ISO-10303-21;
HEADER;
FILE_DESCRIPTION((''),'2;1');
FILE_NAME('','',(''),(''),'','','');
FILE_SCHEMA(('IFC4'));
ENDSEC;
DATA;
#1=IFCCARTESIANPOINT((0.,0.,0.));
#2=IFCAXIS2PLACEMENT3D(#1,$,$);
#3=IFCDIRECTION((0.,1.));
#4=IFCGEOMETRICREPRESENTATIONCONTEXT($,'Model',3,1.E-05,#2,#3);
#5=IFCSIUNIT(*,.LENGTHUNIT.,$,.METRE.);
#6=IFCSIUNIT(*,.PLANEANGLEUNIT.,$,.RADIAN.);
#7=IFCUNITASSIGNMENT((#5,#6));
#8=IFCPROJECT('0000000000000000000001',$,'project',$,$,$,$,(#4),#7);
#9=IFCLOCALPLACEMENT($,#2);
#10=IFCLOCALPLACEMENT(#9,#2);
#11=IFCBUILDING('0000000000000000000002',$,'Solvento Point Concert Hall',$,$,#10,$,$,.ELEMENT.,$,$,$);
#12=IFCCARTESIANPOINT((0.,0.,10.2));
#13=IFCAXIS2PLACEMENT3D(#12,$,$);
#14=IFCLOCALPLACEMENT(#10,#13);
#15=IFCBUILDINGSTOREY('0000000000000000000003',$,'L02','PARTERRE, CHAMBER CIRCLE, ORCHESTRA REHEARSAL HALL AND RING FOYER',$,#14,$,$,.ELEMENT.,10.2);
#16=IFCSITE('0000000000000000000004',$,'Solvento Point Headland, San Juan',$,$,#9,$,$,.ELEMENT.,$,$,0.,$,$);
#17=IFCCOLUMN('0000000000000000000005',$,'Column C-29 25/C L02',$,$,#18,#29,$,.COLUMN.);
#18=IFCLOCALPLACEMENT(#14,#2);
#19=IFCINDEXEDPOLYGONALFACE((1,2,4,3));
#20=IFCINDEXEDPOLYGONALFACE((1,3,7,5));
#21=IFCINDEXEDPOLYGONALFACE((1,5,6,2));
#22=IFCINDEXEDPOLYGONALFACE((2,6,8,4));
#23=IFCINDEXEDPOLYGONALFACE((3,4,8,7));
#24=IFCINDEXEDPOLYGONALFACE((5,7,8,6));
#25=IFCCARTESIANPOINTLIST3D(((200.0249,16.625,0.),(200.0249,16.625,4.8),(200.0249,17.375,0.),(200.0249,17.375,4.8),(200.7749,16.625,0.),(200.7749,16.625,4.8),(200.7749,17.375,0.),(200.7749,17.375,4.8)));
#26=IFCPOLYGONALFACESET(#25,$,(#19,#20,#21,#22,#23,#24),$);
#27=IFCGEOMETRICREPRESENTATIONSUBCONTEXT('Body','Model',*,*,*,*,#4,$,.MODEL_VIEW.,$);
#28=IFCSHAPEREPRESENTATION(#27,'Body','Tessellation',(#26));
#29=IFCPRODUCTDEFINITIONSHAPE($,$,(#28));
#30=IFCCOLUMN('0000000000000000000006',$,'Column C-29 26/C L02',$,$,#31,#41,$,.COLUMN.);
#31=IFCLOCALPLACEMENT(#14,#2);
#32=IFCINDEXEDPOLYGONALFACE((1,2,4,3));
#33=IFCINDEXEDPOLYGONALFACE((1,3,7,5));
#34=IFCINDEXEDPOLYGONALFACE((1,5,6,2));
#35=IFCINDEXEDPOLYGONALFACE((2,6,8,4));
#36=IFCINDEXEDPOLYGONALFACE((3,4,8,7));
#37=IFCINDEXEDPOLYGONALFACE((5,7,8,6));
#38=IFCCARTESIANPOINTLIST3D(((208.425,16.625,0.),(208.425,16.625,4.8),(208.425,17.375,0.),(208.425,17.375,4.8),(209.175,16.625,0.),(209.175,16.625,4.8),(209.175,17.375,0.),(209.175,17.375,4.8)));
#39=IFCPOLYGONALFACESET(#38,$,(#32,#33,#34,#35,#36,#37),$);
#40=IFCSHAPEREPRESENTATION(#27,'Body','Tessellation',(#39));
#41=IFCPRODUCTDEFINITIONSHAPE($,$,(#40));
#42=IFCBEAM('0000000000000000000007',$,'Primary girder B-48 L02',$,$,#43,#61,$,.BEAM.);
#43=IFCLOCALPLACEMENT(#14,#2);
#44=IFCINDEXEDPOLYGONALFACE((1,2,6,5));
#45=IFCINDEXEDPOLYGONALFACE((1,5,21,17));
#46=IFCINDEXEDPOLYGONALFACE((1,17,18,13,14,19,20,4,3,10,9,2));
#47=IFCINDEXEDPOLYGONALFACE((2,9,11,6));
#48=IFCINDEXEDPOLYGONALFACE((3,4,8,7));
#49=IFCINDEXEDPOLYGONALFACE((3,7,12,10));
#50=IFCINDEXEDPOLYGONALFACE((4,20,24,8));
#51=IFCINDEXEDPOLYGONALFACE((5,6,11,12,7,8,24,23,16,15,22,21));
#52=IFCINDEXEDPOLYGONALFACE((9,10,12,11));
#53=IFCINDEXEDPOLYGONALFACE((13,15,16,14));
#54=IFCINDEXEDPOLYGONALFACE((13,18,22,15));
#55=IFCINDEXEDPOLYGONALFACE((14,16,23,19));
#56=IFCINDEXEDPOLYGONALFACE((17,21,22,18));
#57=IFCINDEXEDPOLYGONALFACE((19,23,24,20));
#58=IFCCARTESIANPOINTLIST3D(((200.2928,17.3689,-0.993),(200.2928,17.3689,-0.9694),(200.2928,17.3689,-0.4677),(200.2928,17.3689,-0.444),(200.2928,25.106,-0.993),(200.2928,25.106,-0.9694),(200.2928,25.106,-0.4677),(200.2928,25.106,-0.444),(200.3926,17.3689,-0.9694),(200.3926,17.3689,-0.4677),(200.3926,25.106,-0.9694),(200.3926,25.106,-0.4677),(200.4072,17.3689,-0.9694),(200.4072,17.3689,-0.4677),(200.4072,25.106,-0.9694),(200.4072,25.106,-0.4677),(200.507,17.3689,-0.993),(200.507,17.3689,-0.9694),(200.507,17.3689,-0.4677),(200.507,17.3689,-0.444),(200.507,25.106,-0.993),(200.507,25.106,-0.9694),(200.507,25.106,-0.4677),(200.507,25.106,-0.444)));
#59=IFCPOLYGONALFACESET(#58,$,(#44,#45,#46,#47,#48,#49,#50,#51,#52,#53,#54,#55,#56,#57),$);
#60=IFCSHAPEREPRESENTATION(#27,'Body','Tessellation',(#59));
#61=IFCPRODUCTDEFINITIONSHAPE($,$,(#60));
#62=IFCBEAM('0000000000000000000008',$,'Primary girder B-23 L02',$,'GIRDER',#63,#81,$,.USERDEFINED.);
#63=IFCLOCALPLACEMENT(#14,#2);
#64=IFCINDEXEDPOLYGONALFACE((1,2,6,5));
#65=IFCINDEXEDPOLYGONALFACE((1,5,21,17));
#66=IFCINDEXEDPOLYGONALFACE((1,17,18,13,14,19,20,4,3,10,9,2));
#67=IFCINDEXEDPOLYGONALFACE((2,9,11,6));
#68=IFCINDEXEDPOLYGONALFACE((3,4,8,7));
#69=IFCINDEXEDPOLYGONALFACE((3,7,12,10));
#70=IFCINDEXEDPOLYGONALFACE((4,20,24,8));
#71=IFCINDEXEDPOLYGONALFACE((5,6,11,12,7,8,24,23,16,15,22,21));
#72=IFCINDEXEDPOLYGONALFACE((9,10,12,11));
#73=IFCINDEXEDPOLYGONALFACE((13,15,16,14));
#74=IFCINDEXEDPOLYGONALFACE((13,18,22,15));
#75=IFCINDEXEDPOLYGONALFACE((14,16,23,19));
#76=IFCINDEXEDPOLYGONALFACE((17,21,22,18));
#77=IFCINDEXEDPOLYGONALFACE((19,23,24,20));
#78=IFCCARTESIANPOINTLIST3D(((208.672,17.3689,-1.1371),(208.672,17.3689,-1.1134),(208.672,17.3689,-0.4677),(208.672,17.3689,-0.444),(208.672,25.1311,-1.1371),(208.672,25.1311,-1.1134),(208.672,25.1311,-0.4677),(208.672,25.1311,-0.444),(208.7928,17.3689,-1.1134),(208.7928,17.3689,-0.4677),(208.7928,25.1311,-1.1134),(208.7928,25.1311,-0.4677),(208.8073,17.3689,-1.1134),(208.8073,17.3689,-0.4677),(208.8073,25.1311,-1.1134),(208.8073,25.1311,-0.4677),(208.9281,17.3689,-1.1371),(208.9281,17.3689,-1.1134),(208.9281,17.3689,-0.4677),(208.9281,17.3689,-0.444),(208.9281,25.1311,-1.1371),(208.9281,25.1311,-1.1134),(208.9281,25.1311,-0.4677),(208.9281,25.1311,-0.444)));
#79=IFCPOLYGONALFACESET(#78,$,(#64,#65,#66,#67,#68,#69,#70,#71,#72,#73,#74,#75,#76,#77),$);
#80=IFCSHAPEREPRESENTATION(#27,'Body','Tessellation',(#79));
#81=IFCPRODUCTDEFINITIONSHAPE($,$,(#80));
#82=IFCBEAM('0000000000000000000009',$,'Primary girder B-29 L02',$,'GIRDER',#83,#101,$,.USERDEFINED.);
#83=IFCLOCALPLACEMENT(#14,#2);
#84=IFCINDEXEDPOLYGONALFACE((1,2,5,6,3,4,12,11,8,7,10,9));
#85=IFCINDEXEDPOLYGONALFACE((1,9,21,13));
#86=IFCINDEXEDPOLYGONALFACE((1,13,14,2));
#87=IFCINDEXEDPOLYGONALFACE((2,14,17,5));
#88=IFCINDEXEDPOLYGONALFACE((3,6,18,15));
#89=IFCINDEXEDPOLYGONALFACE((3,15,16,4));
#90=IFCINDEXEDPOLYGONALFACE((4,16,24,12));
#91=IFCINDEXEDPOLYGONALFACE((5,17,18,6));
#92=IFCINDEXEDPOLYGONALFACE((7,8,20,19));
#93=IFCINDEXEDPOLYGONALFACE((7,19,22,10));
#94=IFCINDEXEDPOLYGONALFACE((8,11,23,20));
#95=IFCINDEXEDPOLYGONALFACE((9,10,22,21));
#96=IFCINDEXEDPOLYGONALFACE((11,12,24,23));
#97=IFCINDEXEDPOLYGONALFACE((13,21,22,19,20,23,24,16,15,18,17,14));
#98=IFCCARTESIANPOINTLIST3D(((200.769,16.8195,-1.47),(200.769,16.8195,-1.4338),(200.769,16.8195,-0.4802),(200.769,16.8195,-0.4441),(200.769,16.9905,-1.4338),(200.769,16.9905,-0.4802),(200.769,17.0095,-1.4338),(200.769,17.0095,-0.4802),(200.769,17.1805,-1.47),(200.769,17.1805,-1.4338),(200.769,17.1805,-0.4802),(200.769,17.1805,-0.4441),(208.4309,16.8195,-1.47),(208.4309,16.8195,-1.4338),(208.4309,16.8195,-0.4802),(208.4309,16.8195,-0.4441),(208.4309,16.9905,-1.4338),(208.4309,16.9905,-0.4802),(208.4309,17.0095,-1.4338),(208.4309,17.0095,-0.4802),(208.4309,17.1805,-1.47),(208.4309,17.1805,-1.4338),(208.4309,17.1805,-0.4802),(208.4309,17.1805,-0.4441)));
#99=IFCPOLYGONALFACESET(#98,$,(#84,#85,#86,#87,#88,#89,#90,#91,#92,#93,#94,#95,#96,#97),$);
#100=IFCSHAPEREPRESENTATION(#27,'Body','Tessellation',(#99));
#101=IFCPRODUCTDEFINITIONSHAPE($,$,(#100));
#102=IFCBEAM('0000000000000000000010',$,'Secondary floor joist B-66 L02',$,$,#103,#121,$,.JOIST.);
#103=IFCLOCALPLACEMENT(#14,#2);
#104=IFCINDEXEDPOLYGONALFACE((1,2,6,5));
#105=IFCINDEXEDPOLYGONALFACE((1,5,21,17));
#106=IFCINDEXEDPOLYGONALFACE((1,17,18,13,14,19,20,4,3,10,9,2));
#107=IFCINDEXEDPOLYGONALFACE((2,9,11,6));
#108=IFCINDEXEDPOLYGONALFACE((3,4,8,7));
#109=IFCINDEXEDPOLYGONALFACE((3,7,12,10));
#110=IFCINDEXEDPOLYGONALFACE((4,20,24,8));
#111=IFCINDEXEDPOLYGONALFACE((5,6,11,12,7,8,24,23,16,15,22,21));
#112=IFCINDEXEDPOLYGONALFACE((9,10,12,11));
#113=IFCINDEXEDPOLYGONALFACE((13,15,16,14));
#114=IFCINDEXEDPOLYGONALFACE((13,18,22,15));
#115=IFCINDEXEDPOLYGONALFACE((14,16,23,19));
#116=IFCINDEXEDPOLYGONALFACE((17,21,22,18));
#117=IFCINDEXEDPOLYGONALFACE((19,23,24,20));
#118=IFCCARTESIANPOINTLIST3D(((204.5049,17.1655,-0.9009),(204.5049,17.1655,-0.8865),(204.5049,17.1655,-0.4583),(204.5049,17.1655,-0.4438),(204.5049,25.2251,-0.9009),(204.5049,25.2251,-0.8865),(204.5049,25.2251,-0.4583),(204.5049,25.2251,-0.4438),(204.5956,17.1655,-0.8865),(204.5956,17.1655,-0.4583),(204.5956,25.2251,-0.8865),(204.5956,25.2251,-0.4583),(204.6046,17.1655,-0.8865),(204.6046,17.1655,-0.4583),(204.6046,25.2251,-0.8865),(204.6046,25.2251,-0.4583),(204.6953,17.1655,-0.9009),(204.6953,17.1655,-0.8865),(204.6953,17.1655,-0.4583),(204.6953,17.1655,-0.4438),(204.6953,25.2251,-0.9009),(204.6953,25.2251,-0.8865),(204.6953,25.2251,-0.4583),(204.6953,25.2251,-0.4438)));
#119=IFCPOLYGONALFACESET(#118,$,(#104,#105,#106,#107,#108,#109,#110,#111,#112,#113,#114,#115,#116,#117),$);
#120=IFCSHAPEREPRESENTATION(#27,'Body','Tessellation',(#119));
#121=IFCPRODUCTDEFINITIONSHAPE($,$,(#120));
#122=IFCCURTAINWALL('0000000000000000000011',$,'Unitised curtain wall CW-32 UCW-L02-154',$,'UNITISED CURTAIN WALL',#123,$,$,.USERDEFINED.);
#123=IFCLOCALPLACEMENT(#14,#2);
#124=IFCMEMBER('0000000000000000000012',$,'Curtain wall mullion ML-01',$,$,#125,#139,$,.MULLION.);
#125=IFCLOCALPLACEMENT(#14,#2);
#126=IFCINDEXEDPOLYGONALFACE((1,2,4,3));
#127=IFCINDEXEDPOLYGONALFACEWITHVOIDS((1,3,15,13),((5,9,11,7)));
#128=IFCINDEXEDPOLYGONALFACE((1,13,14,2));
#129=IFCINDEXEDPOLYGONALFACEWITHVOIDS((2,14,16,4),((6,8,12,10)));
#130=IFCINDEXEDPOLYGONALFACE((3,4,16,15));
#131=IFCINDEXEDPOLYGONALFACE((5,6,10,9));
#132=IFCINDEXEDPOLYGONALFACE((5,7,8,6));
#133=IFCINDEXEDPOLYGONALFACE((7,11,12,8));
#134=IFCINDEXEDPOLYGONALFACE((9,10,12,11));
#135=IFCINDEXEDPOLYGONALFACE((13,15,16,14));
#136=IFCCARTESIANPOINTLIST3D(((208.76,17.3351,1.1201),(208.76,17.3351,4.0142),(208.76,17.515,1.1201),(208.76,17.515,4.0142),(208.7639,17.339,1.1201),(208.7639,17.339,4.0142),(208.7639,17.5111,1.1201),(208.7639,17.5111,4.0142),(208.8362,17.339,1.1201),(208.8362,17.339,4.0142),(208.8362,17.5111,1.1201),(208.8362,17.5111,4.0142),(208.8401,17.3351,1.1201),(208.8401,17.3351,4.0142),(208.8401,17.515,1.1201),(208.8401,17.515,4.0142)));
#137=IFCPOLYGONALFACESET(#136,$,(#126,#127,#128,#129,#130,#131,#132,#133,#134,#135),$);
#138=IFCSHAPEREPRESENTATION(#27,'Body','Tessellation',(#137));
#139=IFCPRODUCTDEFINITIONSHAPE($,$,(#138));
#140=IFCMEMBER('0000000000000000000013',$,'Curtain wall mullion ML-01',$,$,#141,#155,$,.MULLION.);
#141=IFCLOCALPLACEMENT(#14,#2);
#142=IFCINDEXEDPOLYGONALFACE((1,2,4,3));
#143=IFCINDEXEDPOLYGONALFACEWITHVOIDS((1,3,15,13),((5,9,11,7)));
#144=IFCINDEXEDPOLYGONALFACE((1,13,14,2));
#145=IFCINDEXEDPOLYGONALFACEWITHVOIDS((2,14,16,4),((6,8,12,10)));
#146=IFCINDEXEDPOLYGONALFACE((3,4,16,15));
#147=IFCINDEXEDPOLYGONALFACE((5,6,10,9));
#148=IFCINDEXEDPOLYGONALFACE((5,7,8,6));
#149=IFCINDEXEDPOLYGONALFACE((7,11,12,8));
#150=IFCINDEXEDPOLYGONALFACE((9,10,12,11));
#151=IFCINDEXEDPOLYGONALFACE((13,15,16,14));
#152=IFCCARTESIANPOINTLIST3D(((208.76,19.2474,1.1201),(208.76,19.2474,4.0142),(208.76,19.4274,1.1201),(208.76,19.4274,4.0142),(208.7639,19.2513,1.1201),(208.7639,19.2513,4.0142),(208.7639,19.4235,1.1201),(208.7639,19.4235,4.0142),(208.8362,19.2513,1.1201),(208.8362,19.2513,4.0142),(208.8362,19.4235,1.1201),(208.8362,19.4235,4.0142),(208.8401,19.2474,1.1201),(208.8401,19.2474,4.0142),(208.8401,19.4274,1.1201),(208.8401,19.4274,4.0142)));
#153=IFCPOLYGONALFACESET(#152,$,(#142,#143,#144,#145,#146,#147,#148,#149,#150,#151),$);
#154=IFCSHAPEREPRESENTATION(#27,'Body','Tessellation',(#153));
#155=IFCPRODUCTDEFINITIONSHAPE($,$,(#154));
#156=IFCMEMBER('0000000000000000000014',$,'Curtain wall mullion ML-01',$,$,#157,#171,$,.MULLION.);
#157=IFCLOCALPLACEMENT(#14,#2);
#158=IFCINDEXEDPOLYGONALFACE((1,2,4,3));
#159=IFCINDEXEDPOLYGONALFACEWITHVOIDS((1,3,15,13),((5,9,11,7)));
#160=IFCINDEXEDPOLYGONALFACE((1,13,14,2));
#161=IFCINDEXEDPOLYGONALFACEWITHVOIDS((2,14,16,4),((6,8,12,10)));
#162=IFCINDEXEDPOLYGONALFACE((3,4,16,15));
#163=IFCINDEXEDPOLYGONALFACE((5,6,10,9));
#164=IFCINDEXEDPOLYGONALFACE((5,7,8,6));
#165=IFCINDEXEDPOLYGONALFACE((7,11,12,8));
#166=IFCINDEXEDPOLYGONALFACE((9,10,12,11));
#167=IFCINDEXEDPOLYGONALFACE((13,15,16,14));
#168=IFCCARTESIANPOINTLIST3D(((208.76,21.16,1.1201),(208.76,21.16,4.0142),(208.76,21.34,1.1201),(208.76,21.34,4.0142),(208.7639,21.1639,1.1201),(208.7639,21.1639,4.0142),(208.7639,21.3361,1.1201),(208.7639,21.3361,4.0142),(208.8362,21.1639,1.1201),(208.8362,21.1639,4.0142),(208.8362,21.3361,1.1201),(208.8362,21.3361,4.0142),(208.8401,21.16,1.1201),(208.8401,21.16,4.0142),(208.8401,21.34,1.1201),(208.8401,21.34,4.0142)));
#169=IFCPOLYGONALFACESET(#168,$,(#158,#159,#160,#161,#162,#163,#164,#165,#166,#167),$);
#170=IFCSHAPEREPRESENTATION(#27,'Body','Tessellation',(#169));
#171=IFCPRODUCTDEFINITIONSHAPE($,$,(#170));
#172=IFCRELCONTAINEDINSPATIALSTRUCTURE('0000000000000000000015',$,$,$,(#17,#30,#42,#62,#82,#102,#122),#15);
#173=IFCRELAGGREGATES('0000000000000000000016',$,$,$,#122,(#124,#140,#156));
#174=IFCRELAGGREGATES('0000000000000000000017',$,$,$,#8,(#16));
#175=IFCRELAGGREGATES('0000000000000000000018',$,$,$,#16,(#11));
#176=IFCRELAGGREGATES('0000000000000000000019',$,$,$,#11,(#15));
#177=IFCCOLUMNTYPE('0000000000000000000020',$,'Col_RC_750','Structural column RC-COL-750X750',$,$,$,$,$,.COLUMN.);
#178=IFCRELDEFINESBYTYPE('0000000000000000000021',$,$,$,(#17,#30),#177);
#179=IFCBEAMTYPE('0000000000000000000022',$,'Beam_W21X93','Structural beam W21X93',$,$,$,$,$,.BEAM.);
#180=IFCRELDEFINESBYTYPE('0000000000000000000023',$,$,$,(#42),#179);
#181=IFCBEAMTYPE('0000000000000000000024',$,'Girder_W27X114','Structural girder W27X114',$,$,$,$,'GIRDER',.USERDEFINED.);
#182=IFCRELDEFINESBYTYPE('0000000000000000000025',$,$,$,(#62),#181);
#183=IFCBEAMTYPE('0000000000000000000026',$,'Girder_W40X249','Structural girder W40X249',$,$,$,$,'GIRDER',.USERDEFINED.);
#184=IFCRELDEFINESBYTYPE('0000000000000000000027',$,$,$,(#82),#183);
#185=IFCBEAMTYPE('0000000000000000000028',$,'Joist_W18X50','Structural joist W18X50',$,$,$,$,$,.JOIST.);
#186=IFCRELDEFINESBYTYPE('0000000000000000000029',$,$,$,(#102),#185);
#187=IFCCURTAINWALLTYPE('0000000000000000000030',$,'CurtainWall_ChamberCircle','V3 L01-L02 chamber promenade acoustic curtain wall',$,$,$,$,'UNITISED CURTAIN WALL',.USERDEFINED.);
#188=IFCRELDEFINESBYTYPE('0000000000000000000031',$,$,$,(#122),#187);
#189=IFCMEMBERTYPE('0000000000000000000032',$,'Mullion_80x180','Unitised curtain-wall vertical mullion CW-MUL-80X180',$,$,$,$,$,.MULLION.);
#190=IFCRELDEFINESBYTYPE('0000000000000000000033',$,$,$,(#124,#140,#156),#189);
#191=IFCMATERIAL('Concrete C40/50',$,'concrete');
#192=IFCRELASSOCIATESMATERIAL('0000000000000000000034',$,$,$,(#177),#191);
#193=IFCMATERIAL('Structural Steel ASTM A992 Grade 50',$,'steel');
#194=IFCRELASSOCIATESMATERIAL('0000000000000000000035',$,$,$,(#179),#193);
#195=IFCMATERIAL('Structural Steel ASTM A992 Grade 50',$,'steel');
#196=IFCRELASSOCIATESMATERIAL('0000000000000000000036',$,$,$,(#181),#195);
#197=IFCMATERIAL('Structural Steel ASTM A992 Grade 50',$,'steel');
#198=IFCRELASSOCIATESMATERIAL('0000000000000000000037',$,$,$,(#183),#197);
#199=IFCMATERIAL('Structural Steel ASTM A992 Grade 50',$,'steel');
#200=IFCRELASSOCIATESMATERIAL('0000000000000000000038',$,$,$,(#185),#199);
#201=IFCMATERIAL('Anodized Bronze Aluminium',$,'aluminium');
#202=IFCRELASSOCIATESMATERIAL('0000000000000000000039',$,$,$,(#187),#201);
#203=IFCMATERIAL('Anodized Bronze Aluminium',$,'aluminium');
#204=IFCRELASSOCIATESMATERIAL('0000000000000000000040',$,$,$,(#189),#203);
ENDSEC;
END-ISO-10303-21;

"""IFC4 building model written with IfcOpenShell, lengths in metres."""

from ifc_helpers import new_model, si_unit, direction, frame, origin, origin_2d, place, context, subcontext, project, spatial, rectangle, hollow_rectangle, i_section, extrude, material, material_profile, profile_set, type_object, element, aggregate, save


model = new_model("IFC4")

# Units and contexts
model_context = context("Model", 3, precision=1e-05, world=origin(), true_north=direction((0.0, 1.0)))
body_context = subcontext(model_context, "Body", "Model", "MODEL_VIEW")
ifc_project = project(units=[si_unit("LENGTHUNIT", "METRE"), si_unit("PLANEANGLEUNIT", "RADIAN")], contexts=[model_context])

# Site, building, storey
site_placement = place(None, origin())
site = spatial("IfcSite", under=ifc_project, at=site_placement, Name="Solvento Point Headland, San Juan", CompositionType="ELEMENT", RefElevation=0.0)
building_placement = place(site_placement, origin())
building = spatial("IfcBuilding", under=site, at=building_placement, Name="Solvento Point Concert Hall", CompositionType="ELEMENT")
storey_placement = place(building_placement, frame((0.0, 0.0, 10.2)))
storey = spatial("IfcBuildingStorey", under=building, at=storey_placement, Name="L02", Description="PARTERRE, CHAMBER CIRCLE, ORCHESTRA REHEARSAL HALL AND RING FOYER", CompositionType="ELEMENT", Elevation=10.2)

# Columns
ifc_material_1 = material(Name="Concrete C40/50", Category="concrete")
ifc_material_profile_1 = material_profile(ifc_material_1, rectangle(XDim=0.75, YDim=0.75, at=origin_2d()), Name="RC-COL-750X750")
ifc_profile_set_1 = profile_set([ifc_material_profile_1], Name="Concrete C40/50")
column_type = type_object("IfcColumnType", Name="Col_RC_750", Description="Structural column RC-COL-750X750", PredefinedType="COLUMN", material=ifc_profile_set_1)
for number, where, z_axis, x_axis, name in (
    (1, (200.3999, 17.0, 0.0), (0.0, 0.0, 1.0), (1.0, 0.0, 0.0), "Column C-29 25/C L02"),
    (2, (208.8, 17.0, 0.0), (0.0, 0.0, 1.0), (1.0, 0.0, 0.0), "Column C-29 26/C L02"),
):
    element("IfcColumn", number, at=place(storey_placement, frame(where, z_axis=z_axis, x_axis=x_axis)), inside=storey, type_object=column_type, Name=name, PredefinedType="COLUMN", context=body_context, shape_type="SweptSolid", body=[
        extrude(rectangle(XDim=0.75, YDim=0.75, at=origin_2d()), origin(), (0.0, 0.0, 1.0), 4.8),
    ])

# Beams
ifc_material_2 = material(Name="Structural Steel ASTM A992 Grade 50", Category="steel")
ifc_material_profile_2 = material_profile(ifc_material_2, i_section(OverallWidth=0.2141, OverallDepth=0.5491, WebThickness=0.0146, FlangeThickness=0.0237, at=origin_2d()), Name="W21X93")
ifc_profile_set_2 = profile_set([ifc_material_profile_2], Name="Structural Steel ASTM A992 Grade 50")
beam_type_1 = type_object("IfcBeamType", Name="Beam_W21X93", Description="Structural beam W21X93", PredefinedType="BEAM", material=ifc_profile_set_2)
beam_1_placement = place(storey_placement, frame((200.3999, 17.3689, -0.7185), z_axis=(0.0, 1.0, 0.0), x_axis=(-1.0, 0.0, 0.0)))
element("IfcBeam", 3, at=beam_1_placement, inside=storey, type_object=beam_type_1, Name="Primary girder B-48 L02", PredefinedType="BEAM", context=body_context, shape_type="SweptSolid", body=[
    extrude(i_section(OverallWidth=0.2141, OverallDepth=0.5491, WebThickness=0.0146, FlangeThickness=0.0237, at=origin_2d()), origin(), (0.0, 0.0, 1.0), 7.7371),
])
ifc_material_3 = material(Name="Structural Steel ASTM A992 Grade 50", Category="steel")
ifc_material_profile_3 = material_profile(ifc_material_3, i_section(OverallWidth=0.2561, OverallDepth=0.6931, WebThickness=0.0144, FlangeThickness=0.0237, at=origin_2d()), Name="W27X114")
ifc_profile_set_3 = profile_set([ifc_material_profile_3], Name="Structural Steel ASTM A992 Grade 50")
beam_type_2 = type_object("IfcBeamType", Name="Girder_W27X114", Description="Structural girder W27X114", ElementType="GIRDER", PredefinedType="USERDEFINED", material=ifc_profile_set_3)
beam_2_placement = place(storey_placement, frame((208.8, 17.3689, -0.7905), z_axis=(0.0, 1.0, 0.0), x_axis=(-1.0, 0.0, 0.0)))
element("IfcBeam", 4, at=beam_2_placement, inside=storey, type_object=beam_type_2, Name="Primary girder B-23 L02", ObjectType="GIRDER", PredefinedType="USERDEFINED", context=body_context, shape_type="SweptSolid", body=[
    extrude(i_section(OverallWidth=0.2561, OverallDepth=0.6931, WebThickness=0.0144, FlangeThickness=0.0237, at=origin_2d()), origin(), (0.0, 0.0, 1.0), 7.7622),
])
ifc_material_4 = material(Name="Structural Steel ASTM A992 Grade 50", Category="steel")
ifc_material_profile_4 = material_profile(ifc_material_4, i_section(OverallWidth=0.3611, OverallDepth=1.0259, WebThickness=0.019, FlangeThickness=0.0361, at=origin_2d()), Name="W40X249")
ifc_profile_set_4 = profile_set([ifc_material_profile_4], Name="Structural Steel ASTM A992 Grade 50")
beam_type_3 = type_object("IfcBeamType", Name="Girder_W40X249", Description="Structural girder W40X249", ElementType="GIRDER", PredefinedType="USERDEFINED", material=ifc_profile_set_4)
beam_3_placement = place(storey_placement, frame((200.769, 17.0, -0.957), z_axis=(1.0, 0.0, 0.0), x_axis=(0.0, 1.0, 0.0)))
element("IfcBeam", 5, at=beam_3_placement, inside=storey, type_object=beam_type_3, Name="Primary girder B-29 L02", ObjectType="GIRDER", PredefinedType="USERDEFINED", context=body_context, shape_type="SweptSolid", body=[
    extrude(i_section(OverallWidth=0.3611, OverallDepth=1.0259, WebThickness=0.019, FlangeThickness=0.0361, at=origin_2d()), origin(), (0.0, 0.0, 1.0), 7.6619),
])
ifc_material_5 = material(Name="Structural Steel ASTM A992 Grade 50", Category="steel")
ifc_material_profile_5 = material_profile(ifc_material_5, i_section(OverallWidth=0.1904, OverallDepth=0.457, WebThickness=0.009, FlangeThickness=0.0144, at=origin_2d()), Name="W18X50")
ifc_profile_set_5 = profile_set([ifc_material_profile_5], Name="Structural Steel ASTM A992 Grade 50")
beam_type_4 = type_object("IfcBeamType", Name="Joist_W18X50", Description="Structural joist W18X50", PredefinedType="JOIST", material=ifc_profile_set_5)
beam_4_placement = place(storey_placement, frame((204.6001, 17.1655, -0.6724), z_axis=(0.0, 1.0, 0.0), x_axis=(-1.0, 0.0, 0.0)))
element("IfcBeam", 6, at=beam_4_placement, inside=storey, type_object=beam_type_4, Name="Secondary floor joist B-66 L02", PredefinedType="JOIST", context=body_context, shape_type="SweptSolid", body=[
    extrude(i_section(OverallWidth=0.1904, OverallDepth=0.457, WebThickness=0.009, FlangeThickness=0.0144, at=origin_2d()), origin(), (0.0, 0.0, 1.0), 8.0596),
])

# Curtain wall, members
ifc_material_6 = material(Name="Anodized Bronze Aluminium", Category="aluminium")
curtain_wall_type = type_object("IfcCurtainWallType", Name="CurtainWall_ChamberCircle", Description="V3 L01-L02 chamber promenade acoustic curtain wall", ElementType="UNITISED CURTAIN WALL", PredefinedType="USERDEFINED", material=ifc_material_6)
curtain_wall_placement = place(storey_placement, origin())
curtain_wall = element("IfcCurtainWall", 7, at=curtain_wall_placement, inside=storey, type_object=curtain_wall_type, Name="Unitised curtain wall CW-32 UCW-L02-154", ObjectType="UNITISED CURTAIN WALL", PredefinedType="USERDEFINED")
ifc_material_7 = material(Name="Anodized Bronze Aluminium", Category="aluminium")
ifc_material_profile_6 = material_profile(ifc_material_7, hollow_rectangle(XDim=0.0801, YDim=0.1799, WallThickness=0.0039, at=origin_2d()), Name="CW-MUL-80X180")
ifc_profile_set_6 = profile_set([ifc_material_profile_6], Name="Anodized Bronze Aluminium")
member_type_1 = type_object("IfcMemberType", Name="Mullion_80x180", Description="Unitised curtain-wall vertical mullion CW-MUL-80X180", PredefinedType="MULLION", material=ifc_profile_set_6)
member_1_placement = place(storey_placement, frame((208.8, 17.425, 1.1201), z_axis=(0.0, 0.0, 1.0), x_axis=(1.0, 0.0, 0.0)))
member_1 = element("IfcMember", 8, at=member_1_placement, type_object=member_type_1, Name="Curtain wall mullion ML-01", PredefinedType="MULLION", context=body_context, shape_type="SweptSolid", body=[
    extrude(hollow_rectangle(XDim=0.0801, YDim=0.1799, WallThickness=0.0039, at=origin_2d()), origin(), (0.0, 0.0, 1.0), 2.894),
])
member_2_placement = place(storey_placement, frame((208.8, 19.3374, 1.1201), z_axis=(0.0, 0.0, 1.0), x_axis=(1.0, 0.0, 0.0)))
member_2 = element("IfcMember", 9, at=member_2_placement, type_object=member_type_1, Name="Curtain wall mullion ML-01", PredefinedType="MULLION", context=body_context, shape_type="SweptSolid", body=[
    extrude(hollow_rectangle(XDim=0.0801, YDim=0.1799, WallThickness=0.0039, at=origin_2d()), origin(), (0.0, 0.0, 1.0), 2.894),
])
member_3_placement = place(storey_placement, frame((208.8, 21.25, 1.1201), z_axis=(0.0, 0.0, 1.0), x_axis=(1.0, 0.0, 0.0)))
member_3 = element("IfcMember", 10, at=member_3_placement, type_object=member_type_1, Name="Curtain wall mullion ML-01", PredefinedType="MULLION", context=body_context, shape_type="SweptSolid", body=[
    extrude(hollow_rectangle(XDim=0.0801, YDim=0.1799, WallThickness=0.0039, at=origin_2d()), origin(), (0.0, 0.0, 1.0), 2.894),
])
aggregate(curtain_wall, [member_1, member_2, member_3])

save(model, "model.ifc")
